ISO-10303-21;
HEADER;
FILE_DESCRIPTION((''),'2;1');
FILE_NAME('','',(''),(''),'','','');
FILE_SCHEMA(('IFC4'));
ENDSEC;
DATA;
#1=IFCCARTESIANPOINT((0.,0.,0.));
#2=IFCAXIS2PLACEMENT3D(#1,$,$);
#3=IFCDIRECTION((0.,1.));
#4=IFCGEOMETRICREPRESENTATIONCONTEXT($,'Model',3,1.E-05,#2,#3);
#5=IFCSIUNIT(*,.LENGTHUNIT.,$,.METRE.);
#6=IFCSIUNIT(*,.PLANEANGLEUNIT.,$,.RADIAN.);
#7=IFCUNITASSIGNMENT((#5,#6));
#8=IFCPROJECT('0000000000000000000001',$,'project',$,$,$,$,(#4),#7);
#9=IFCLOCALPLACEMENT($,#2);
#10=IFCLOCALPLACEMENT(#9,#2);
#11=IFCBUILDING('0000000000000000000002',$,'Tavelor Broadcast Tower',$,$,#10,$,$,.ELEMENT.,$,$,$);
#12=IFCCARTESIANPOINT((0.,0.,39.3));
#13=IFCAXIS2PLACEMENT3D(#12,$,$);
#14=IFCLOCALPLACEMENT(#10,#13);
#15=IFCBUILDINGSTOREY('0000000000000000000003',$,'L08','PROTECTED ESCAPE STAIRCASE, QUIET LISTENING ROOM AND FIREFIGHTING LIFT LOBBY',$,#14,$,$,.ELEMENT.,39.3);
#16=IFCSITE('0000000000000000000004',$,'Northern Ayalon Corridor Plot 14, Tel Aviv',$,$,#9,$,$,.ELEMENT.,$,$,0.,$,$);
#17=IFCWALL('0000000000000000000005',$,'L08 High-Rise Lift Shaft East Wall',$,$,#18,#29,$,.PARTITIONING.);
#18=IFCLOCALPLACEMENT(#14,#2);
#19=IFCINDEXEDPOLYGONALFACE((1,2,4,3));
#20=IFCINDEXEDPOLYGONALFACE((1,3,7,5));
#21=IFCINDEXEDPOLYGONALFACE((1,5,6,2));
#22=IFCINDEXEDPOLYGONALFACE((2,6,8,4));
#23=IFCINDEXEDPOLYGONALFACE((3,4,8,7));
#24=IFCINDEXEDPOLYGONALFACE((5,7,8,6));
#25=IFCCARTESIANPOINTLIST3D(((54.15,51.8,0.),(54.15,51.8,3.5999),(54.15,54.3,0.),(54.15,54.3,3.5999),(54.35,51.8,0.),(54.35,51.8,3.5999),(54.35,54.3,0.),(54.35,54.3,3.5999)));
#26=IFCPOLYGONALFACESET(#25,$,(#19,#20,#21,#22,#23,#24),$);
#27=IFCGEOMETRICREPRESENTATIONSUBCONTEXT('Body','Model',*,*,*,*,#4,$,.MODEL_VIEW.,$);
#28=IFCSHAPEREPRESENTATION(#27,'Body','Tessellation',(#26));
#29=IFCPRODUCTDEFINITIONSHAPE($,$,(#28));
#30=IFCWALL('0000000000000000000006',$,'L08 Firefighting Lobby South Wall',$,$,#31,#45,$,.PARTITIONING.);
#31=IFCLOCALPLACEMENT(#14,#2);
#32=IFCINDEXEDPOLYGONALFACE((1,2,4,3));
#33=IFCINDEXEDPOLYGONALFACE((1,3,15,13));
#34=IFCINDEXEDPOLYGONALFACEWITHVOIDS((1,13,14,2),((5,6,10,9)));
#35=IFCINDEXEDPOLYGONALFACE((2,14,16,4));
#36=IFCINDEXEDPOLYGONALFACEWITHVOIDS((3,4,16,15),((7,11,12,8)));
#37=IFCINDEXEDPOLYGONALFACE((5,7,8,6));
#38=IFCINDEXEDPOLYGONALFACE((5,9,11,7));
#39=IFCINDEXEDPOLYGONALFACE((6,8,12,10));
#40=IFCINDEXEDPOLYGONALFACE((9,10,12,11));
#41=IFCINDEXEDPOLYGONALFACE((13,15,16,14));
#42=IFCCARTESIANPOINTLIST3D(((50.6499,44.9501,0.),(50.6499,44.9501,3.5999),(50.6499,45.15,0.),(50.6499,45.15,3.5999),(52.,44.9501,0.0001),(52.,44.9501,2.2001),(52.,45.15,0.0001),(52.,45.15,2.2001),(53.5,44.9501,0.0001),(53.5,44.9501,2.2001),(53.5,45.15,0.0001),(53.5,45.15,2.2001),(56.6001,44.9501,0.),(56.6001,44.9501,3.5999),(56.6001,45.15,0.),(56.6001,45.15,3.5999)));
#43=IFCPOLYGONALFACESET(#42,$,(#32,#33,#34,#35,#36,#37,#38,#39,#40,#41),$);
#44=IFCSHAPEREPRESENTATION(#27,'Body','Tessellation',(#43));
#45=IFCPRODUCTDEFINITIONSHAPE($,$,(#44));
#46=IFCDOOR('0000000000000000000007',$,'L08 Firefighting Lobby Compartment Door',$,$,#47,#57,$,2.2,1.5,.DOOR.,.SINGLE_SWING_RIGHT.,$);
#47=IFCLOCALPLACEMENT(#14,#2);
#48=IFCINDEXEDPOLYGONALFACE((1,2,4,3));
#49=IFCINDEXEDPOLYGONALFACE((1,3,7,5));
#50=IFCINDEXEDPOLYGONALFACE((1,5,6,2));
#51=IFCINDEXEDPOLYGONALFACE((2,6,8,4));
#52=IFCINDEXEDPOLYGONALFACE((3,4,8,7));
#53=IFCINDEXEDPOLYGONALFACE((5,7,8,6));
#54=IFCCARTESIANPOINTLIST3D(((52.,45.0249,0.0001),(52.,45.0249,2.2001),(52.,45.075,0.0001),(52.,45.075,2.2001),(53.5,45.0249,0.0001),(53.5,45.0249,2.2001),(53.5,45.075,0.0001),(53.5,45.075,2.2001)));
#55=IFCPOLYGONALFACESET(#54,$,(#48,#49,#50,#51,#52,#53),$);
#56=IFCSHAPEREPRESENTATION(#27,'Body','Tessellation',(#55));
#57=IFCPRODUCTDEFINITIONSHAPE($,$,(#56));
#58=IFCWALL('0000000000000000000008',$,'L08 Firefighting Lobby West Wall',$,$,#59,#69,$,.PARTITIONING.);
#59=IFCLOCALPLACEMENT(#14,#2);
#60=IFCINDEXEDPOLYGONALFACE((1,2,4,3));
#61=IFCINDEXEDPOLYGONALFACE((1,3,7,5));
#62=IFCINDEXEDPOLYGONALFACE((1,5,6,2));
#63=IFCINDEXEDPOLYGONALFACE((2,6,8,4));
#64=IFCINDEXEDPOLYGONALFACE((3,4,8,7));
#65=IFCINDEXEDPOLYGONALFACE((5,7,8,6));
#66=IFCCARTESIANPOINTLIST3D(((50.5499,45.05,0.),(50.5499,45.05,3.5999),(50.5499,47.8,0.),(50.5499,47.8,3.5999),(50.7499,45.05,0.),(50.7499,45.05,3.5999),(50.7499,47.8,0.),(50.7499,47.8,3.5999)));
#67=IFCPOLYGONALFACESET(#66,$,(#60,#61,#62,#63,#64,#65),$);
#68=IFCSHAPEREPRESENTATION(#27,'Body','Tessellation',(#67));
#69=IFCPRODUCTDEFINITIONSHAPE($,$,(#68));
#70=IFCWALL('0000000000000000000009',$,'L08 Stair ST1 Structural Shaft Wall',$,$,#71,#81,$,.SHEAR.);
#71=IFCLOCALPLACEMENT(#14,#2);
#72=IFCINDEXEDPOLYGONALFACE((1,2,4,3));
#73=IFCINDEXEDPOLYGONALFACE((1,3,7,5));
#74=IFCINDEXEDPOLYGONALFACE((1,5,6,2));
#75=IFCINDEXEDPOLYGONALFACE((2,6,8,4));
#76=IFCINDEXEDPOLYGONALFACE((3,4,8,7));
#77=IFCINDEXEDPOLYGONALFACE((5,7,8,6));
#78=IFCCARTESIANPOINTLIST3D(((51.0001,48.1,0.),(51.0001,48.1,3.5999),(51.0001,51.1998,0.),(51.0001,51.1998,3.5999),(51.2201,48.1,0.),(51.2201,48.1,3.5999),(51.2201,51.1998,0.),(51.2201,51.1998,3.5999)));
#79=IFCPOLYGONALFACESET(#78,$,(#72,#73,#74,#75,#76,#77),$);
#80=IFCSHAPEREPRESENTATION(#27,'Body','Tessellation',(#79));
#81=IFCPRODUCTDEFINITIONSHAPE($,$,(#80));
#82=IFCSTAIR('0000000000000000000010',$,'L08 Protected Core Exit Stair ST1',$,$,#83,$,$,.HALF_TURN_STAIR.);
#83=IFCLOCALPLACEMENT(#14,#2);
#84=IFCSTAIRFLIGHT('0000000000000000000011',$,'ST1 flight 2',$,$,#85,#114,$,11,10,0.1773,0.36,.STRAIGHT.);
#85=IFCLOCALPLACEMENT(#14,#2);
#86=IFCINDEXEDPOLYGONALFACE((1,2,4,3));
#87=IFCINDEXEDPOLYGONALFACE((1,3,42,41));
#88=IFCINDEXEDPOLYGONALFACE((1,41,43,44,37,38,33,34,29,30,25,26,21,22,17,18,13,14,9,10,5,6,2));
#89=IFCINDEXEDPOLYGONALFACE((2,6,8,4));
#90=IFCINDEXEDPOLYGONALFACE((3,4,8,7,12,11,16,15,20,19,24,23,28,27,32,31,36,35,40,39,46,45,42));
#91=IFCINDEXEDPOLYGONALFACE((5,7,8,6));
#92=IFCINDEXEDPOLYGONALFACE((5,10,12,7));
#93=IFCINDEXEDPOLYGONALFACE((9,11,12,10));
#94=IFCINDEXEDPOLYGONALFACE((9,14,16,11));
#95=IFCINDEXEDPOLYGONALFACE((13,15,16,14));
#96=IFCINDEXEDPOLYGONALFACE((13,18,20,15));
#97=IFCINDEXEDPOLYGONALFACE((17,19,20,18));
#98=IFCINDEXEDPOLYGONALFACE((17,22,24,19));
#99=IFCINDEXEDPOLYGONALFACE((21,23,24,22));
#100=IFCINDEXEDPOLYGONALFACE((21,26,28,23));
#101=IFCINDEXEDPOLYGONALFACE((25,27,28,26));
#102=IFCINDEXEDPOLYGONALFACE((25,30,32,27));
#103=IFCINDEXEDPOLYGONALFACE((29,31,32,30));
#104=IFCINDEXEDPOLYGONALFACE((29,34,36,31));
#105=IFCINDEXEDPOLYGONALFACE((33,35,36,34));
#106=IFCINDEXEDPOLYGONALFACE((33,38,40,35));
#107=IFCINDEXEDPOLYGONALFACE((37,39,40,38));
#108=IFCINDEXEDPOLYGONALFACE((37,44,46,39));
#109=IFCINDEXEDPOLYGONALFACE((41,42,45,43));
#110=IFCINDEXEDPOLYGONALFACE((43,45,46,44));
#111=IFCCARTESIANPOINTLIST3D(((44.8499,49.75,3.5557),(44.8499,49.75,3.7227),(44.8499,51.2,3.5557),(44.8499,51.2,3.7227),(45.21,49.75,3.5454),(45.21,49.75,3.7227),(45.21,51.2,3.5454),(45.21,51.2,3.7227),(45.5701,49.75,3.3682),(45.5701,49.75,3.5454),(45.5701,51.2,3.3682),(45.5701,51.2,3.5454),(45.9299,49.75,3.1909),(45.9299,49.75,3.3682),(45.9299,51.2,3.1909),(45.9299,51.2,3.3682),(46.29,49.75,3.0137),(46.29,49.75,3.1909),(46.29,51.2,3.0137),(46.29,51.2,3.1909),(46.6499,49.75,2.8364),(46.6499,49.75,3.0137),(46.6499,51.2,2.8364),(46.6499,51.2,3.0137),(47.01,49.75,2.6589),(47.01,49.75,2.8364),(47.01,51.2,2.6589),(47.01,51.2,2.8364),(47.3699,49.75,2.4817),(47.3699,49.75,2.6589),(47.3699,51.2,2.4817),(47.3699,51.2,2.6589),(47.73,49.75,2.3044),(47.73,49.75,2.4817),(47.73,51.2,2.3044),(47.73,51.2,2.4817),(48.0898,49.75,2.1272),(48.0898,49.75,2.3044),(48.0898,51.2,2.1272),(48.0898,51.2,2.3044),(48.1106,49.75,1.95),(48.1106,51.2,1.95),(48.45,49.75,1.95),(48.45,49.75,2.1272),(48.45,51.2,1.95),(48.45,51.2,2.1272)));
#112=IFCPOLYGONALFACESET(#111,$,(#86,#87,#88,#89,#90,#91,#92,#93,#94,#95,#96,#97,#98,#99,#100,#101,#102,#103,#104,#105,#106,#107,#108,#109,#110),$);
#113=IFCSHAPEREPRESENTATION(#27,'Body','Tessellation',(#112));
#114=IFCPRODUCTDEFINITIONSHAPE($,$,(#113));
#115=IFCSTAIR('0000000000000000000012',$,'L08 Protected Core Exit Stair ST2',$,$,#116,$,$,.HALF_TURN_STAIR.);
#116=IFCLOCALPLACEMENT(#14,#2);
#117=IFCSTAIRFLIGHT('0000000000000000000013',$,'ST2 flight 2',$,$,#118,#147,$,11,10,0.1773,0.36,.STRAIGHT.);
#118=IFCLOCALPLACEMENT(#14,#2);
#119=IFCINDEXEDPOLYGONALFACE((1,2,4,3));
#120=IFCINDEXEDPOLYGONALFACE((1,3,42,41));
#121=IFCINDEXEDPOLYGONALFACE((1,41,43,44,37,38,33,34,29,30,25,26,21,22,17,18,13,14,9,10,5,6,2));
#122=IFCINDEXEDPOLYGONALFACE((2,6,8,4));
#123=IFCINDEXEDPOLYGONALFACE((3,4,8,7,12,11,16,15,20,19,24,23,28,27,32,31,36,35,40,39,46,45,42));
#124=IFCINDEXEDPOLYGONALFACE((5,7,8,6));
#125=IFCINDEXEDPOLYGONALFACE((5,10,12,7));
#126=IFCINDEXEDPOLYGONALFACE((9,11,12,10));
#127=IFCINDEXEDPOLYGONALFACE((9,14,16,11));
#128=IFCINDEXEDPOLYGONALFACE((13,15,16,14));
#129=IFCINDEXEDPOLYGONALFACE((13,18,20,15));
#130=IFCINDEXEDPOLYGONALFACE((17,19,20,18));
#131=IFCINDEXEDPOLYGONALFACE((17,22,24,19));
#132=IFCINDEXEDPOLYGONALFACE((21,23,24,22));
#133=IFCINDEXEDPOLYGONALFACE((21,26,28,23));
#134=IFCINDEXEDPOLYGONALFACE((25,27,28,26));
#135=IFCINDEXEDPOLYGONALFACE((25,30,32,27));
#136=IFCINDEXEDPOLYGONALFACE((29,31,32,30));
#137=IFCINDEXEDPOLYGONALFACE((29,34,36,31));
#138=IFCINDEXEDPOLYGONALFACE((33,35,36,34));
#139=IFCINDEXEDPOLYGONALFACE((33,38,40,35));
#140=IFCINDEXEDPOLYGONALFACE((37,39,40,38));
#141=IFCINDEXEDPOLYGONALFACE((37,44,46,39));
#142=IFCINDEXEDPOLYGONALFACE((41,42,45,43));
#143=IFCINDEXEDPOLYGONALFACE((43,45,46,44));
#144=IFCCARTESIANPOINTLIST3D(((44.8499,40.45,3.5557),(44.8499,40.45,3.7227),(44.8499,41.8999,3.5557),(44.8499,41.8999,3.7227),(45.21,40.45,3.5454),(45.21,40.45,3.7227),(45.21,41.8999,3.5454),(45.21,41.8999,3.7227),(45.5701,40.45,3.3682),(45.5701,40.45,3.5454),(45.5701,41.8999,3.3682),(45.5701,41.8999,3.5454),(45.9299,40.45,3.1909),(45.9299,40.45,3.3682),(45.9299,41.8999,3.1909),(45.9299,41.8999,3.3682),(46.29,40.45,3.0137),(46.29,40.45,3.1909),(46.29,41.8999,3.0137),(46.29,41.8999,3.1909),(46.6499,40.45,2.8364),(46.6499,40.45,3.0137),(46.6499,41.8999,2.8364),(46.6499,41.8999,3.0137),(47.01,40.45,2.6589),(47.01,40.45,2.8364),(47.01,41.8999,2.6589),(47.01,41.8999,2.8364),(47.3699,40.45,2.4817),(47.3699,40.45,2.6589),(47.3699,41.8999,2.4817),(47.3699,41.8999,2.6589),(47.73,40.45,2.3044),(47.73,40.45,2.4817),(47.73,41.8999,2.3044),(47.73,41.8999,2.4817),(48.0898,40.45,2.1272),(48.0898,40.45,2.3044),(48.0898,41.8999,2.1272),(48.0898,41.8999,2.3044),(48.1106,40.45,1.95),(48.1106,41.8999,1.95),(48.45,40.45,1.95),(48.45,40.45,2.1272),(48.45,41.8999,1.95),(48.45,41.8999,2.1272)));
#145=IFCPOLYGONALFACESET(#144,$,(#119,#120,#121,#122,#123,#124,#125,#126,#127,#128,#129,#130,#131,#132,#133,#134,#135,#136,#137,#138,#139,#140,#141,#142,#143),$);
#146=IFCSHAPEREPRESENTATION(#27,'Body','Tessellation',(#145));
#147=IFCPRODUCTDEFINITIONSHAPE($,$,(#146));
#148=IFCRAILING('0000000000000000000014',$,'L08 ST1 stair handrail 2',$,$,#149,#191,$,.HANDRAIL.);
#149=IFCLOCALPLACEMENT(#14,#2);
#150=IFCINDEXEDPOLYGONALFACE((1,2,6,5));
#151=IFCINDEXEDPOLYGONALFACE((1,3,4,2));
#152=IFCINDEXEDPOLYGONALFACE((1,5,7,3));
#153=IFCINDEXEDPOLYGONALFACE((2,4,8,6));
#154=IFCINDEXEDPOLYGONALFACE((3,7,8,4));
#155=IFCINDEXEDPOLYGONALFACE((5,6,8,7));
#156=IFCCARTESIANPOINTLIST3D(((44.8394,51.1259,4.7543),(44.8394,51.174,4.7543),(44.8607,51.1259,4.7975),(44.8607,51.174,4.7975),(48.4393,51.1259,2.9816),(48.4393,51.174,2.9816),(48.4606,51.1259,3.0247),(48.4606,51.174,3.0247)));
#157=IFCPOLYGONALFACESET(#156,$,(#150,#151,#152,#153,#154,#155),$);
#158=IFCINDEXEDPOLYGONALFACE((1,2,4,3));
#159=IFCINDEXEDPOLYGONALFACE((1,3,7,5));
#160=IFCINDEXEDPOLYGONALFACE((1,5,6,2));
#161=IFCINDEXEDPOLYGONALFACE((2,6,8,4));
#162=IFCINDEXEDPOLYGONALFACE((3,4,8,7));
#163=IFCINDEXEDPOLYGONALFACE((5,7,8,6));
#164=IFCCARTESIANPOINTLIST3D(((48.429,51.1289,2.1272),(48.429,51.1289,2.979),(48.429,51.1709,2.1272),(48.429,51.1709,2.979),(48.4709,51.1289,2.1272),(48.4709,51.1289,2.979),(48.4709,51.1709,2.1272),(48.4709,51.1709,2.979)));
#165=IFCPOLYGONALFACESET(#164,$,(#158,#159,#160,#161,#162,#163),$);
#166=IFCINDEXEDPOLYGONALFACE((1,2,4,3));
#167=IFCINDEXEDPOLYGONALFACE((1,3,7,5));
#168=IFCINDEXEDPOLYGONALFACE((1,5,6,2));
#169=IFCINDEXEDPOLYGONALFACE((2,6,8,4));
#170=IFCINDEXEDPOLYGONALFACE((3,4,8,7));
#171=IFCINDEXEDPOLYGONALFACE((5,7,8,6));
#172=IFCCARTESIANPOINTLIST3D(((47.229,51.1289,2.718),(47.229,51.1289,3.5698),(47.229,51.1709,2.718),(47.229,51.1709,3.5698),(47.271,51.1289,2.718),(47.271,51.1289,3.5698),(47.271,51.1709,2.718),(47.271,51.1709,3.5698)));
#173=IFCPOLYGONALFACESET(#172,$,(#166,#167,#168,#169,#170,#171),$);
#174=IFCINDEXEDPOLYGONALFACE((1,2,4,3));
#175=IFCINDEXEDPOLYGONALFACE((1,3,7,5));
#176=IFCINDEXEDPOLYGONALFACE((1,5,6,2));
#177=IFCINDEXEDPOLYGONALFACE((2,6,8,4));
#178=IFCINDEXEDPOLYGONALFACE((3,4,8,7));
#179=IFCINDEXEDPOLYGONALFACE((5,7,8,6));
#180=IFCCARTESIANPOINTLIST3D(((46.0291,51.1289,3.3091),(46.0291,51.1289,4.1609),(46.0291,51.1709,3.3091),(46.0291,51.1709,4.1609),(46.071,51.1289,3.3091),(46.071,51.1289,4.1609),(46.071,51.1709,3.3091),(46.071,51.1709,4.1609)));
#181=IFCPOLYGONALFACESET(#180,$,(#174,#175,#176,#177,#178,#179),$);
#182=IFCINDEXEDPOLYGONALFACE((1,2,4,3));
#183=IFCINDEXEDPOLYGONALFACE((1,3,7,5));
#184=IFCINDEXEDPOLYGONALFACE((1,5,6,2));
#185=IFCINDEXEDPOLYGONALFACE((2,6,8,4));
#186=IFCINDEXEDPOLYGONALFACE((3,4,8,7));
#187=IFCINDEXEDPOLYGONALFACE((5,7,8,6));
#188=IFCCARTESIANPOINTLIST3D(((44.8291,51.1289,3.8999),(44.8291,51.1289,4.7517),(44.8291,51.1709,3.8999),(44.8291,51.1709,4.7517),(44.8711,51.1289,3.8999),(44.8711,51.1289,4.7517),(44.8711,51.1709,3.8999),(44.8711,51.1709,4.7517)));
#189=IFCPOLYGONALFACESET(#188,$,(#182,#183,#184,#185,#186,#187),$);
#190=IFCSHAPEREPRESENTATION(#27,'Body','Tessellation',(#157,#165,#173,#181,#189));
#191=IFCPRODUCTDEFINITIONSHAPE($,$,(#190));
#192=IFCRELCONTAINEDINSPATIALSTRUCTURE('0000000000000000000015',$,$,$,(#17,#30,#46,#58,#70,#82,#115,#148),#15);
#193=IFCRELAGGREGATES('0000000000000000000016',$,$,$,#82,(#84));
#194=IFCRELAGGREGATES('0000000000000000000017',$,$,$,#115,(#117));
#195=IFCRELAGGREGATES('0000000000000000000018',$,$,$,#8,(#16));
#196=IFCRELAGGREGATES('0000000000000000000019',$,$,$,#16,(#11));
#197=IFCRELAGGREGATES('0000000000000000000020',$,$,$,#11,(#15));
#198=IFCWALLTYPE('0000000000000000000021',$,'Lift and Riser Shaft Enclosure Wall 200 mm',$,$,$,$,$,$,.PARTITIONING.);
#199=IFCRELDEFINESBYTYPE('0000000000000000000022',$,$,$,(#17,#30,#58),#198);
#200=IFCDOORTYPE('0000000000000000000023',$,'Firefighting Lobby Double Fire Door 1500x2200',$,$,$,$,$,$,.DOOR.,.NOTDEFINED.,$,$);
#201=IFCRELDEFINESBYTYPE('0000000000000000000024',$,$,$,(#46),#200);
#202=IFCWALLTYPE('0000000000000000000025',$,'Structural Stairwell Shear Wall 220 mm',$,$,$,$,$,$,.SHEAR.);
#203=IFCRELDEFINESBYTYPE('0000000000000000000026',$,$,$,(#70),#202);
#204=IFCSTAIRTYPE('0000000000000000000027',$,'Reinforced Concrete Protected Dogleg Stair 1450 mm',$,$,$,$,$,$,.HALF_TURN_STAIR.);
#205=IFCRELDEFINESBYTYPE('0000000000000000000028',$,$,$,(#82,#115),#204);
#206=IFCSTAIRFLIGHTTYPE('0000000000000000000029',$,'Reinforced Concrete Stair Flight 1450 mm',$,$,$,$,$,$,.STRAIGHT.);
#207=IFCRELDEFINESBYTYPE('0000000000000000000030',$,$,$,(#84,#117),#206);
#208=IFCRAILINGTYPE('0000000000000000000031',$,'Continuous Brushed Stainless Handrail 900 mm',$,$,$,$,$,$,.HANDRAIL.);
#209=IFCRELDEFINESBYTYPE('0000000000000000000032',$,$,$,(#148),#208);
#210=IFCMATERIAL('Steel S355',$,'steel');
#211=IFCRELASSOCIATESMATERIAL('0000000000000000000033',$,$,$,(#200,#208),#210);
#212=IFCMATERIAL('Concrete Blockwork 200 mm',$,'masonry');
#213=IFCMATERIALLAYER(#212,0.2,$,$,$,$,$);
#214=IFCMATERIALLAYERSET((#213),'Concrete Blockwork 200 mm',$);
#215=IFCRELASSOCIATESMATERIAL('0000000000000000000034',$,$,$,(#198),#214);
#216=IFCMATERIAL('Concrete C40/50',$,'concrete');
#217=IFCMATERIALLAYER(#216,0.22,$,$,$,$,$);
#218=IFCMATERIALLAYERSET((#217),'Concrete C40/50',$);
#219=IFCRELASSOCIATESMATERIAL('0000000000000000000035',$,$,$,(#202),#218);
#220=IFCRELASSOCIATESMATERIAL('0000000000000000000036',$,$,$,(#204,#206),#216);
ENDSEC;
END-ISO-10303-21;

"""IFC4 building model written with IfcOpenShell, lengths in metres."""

from ifc_helpers import new_model, si_unit, direction, frame, frame_2d, origin, origin_2d, place, context, subcontext, project, spatial, polyline, rectangle, outline, extrude, material, layer, layer_set, type_object, element, fill, aggregate, save


model = new_model("IFC4")

# Units and contexts
model_context = context("Model", 3, precision=1e-05, world=origin(), true_north=direction((0.0, 1.0)))
body_context = subcontext(model_context, "Body", "Model", "MODEL_VIEW")
ifc_project = project(units=[si_unit("LENGTHUNIT", "METRE"), si_unit("PLANEANGLEUNIT", "RADIAN")], contexts=[model_context])

# Site, building, storey
site_placement = place(None, origin())
site = spatial("IfcSite", under=ifc_project, at=site_placement, Name="Northern Ayalon Corridor Plot 14, Tel Aviv", CompositionType="ELEMENT", RefElevation=0.0)
building_placement = place(site_placement, origin())
building = spatial("IfcBuilding", under=site, at=building_placement, Name="Tavelor Broadcast Tower", CompositionType="ELEMENT")
storey_placement = place(building_placement, frame((0.0, 0.0, 39.3)))
storey = spatial("IfcBuildingStorey", under=building, at=storey_placement, Name="L08", Description="PROTECTED ESCAPE STAIRCASE, QUIET LISTENING ROOM AND FIREFIGHTING LIFT LOBBY", CompositionType="ELEMENT", Elevation=39.3)

# Shared definitions
ifc_material_1 = material(Name="Concrete C40/50", Category="concrete")
ifc_material_2 = material(Name="Steel S355", Category="steel")

# Shared definitions
door_type = type_object("IfcDoorType", Name="Firefighting Lobby Double Fire Door 1500x2200", OperationType="NOTDEFINED", PredefinedType="DOOR", material=ifc_material_2)

# Wall
ifc_material_3 = material(Name="Concrete Blockwork 200 mm", Category="masonry")
ifc_layer_1 = layer(ifc_material_3, 0.2)
ifc_layer_set_1 = layer_set([ifc_layer_1], Name="Concrete Blockwork 200 mm")
wall_type_1 = type_object("IfcWallType", Name="Lift and Riser Shaft Enclosure Wall 200 mm", PredefinedType="PARTITIONING", material=ifc_layer_set_1)
wall_1_placement = place(storey_placement, frame((54.25, 51.8, 0.0), z_axis=(0.0, 0.0, 1.0), x_axis=(0.0, 1.0, 0.0)))
element("IfcWall", 1, at=wall_1_placement, inside=storey, type_object=wall_type_1, Name="L08 High-Rise Lift Shaft East Wall", PredefinedType="PARTITIONING", context=body_context, shape_type="SweptSolid", body=[
    extrude(rectangle(XDim=2.5, YDim=0.2, at=frame_2d((1.25, 0.0))), origin(), (0.0, 0.0, 1.0), 3.5999),
])

# Wall, opening, door
wall_2_placement = place(storey_placement, frame((50.6499, 45.05, 0.0), z_axis=(0.0, 0.0, 1.0), x_axis=(1.0, 0.0, 0.0)))
wall_2 = element("IfcWall", 2, at=wall_2_placement, inside=storey, type_object=wall_type_1, Name="L08 Firefighting Lobby South Wall", PredefinedType="PARTITIONING", context=body_context, shape_type="SweptSolid", body=[
    extrude(rectangle(XDim=5.9502, YDim=0.2, at=frame_2d((2.9751, 0.0))), origin(), (0.0, 0.0, 1.0), 3.5999),
])
opening_1_placement = place(wall_2_placement, frame((1.3501, 0.0, 0.0)))
opening_1 = element("IfcOpeningElement", 3, at=opening_1_placement, cuts=wall_2, PredefinedType="OPENING", context=body_context, shape_type="SweptSolid", body=[
    extrude(rectangle(XDim=1.5, YDim=2.2, at=frame_2d((0.75, 1.1001))), frame((0.0, 0.1099, 0.0), z_axis=(0.0, -1.0, 0.0), x_axis=(1.0, 0.0, 0.0)), (0.0, 0.0, 1.0), 0.22),
])
door_1_placement = place(opening_1_placement, origin())
door_1 = element("IfcDoor", 4, at=door_1_placement, inside=storey, type_object=door_type, Name="L08 Firefighting Lobby Compartment Door", OperationType="SINGLE_SWING_RIGHT", OverallHeight=2.2, OverallWidth=1.5, PredefinedType="DOOR", context=body_context, shape_type="SweptSolid", body=[
    extrude(rectangle(XDim=1.5, YDim=2.2, at=frame_2d((0.75, 1.1001))), frame((0.0, 0.0249, 0.0), z_axis=(0.0, -1.0, 0.0), x_axis=(1.0, 0.0, 0.0)), (0.0, 0.0, 1.0), 0.05),
])
fill(opening_1, door_1)

# Walls
wall_3_placement = place(storey_placement, frame((50.6499, 45.05, 0.0), z_axis=(0.0, 0.0, 1.0), x_axis=(0.0, 1.0, 0.0)))
element("IfcWall", 5, at=wall_3_placement, inside=storey, type_object=wall_type_1, Name="L08 Firefighting Lobby West Wall", PredefinedType="PARTITIONING", context=body_context, shape_type="SweptSolid", body=[
    extrude(rectangle(XDim=2.75, YDim=0.2, at=frame_2d((1.375, 0.0))), origin(), (0.0, 0.0, 1.0), 3.5999),
])
ifc_layer_2 = layer(ifc_material_1, 0.22)
ifc_layer_set_2 = layer_set([ifc_layer_2], Name="Concrete C40/50")
wall_type_2 = type_object("IfcWallType", Name="Structural Stairwell Shear Wall 220 mm", PredefinedType="SHEAR", material=ifc_layer_set_2)
wall_4_placement = place(storey_placement, frame((51.1101, 48.1001, 0.0), z_axis=(0.0, 0.0, 1.0), x_axis=(0.0, 1.0, 0.0)))
element("IfcWall", 6, at=wall_4_placement, inside=storey, type_object=wall_type_2, Name="L08 Stair ST1 Structural Shaft Wall", PredefinedType="SHEAR", context=body_context, shape_type="SweptSolid", body=[
    extrude(rectangle(XDim=3.0999, YDim=0.22, at=frame_2d((1.5498, 0.0))), origin(), (0.0, 0.0, 1.0), 3.5999),
])

# Stairs, stair flights
stair_type = type_object("IfcStairType", Name="Reinforced Concrete Protected Dogleg Stair 1450 mm", PredefinedType="HALF_TURN_STAIR", material=ifc_material_1)
stair_1_placement = place(storey_placement, origin())
stair_1 = element("IfcStair", 7, at=stair_1_placement, inside=storey, type_object=stair_type, Name="L08 Protected Core Exit Stair ST1", PredefinedType="HALF_TURN_STAIR")
stair_flight_type = type_object("IfcStairFlightType", Name="Reinforced Concrete Stair Flight 1450 mm", PredefinedType="STRAIGHT", material=ifc_material_1)
stair_flight_1_placement = place(storey_placement, frame((48.45, 50.4751, 1.95), z_axis=(0.0, 0.0, 1.0), x_axis=(-1.0, 0.0, 0.0)))
stair_flight_1 = element("IfcStairFlight", 8, at=stair_flight_1_placement, type_object=stair_flight_type, Name="ST1 flight 2", NumberOfRisers=11, NumberOfTreads=10, PredefinedType="STRAIGHT", RiserHeight=0.1773, TreadLength=0.36, context=body_context, shape_type="SweptSolid", body=[
    extrude(outline(polyline([(0.0, 0.0), (0.0, 0.1772), (0.3601, 0.1772), (0.3601, 0.3545), (0.72, 0.3545), (0.72, 0.5317), (1.0801, 0.5317), (1.0801, 0.709), (1.4399, 0.709), (1.4399, 0.8865), (1.8, 0.8865), (1.8, 1.0637), (2.1599, 1.0637), (2.1599, 1.241), (2.52, 1.241), (2.52, 1.4182), (2.8799, 1.4182), (2.8799, 1.5955), (3.24, 1.5955), (3.24, 1.7727), (3.6001, 1.7727), (3.6001, 1.95), (3.6001, 1.6057), (0.3394, 0.0), (0.0, 0.0)])), frame((0.0, 0.7251, 0.0), z_axis=(0.0, -1.0, 0.0), x_axis=(1.0, 0.0, 0.0)), (0.0, 0.0, 1.0), 1.45),
])
aggregate(stair_1, [stair_flight_1])
stair_2_placement = place(storey_placement, origin())
stair_2 = element("IfcStair", 9, at=stair_2_placement, inside=storey, type_object=stair_type, Name="L08 Protected Core Exit Stair ST2", PredefinedType="HALF_TURN_STAIR")
stair_flight_2_placement = place(storey_placement, frame((48.45, 41.175, 1.95), z_axis=(0.0, 0.0, 1.0), x_axis=(-1.0, 0.0, 0.0)))
stair_flight_2 = element("IfcStairFlight", 10, at=stair_flight_2_placement, type_object=stair_flight_type, Name="ST2 flight 2", NumberOfRisers=11, NumberOfTreads=10, PredefinedType="STRAIGHT", RiserHeight=0.1773, TreadLength=0.36, context=body_context, shape_type="SweptSolid", body=[
    extrude(outline(polyline([(0.0, 0.0), (0.0, 0.1772), (0.3601, 0.1772), (0.3601, 0.3545), (0.72, 0.3545), (0.72, 0.5317), (1.0801, 0.5317), (1.0801, 0.709), (1.4399, 0.709), (1.4399, 0.8865), (1.8, 0.8865), (1.8, 1.0637), (2.1599, 1.0637), (2.1599, 1.241), (2.52, 1.241), (2.52, 1.4182), (2.8799, 1.4182), (2.8799, 1.5955), (3.24, 1.5955), (3.24, 1.7727), (3.6001, 1.7727), (3.6001, 1.95), (3.6001, 1.6057), (0.3394, 0.0), (0.0, 0.0)])), frame((0.0, 0.7251, 0.0), z_axis=(0.0, -1.0, 0.0), x_axis=(1.0, 0.0, 0.0)), (0.0, 0.0, 1.0), 1.45),
])
aggregate(stair_2, [stair_flight_2])

# Railing
railing_type_1 = type_object("IfcRailingType", Name="Continuous Brushed Stainless Handrail 900 mm", PredefinedType="HANDRAIL", material=ifc_material_2)
for number, where, name in (
    (11, (48.45, 51.1499, 2.1272), "L08 ST1 stair handrail 2"),
):
    element("IfcRailing", number, at=place(storey_placement, frame(where)), inside=storey, type_object=railing_type_1, Name=name, PredefinedType="HANDRAIL", context=body_context, shape_type="SweptSolid", body=[
        extrude(rectangle(XDim=0.0481, YDim=0.0481, at=origin_2d()), frame((0.0, 0.0, 0.876), z_axis=(-0.897124, 0.0, 0.441778), x_axis=(0.0, -1.0, 0.0)), (0.0, 0.0, 1.0), 4.0127),
        extrude(rectangle(XDim=0.042, YDim=0.042, at=origin_2d()), origin(), (0.0, 0.0, 1.0), 0.8518),
        extrude(rectangle(XDim=0.042, YDim=0.042, at=origin_2d()), frame((-1.2, 0.0, 0.5908)), (0.0, 0.0, 1.0), 0.8518),
        extrude(rectangle(XDim=0.042, YDim=0.042, at=origin_2d()), frame((-2.3999, 0.0, 1.1819)), (0.0, 0.0, 1.0), 0.8518),
        extrude(rectangle(XDim=0.042, YDim=0.042, at=origin_2d()), frame((-3.5999, 0.0, 1.7727)), (0.0, 0.0, 1.0), 0.8518),
    ])

save(model, "model.ifc")
